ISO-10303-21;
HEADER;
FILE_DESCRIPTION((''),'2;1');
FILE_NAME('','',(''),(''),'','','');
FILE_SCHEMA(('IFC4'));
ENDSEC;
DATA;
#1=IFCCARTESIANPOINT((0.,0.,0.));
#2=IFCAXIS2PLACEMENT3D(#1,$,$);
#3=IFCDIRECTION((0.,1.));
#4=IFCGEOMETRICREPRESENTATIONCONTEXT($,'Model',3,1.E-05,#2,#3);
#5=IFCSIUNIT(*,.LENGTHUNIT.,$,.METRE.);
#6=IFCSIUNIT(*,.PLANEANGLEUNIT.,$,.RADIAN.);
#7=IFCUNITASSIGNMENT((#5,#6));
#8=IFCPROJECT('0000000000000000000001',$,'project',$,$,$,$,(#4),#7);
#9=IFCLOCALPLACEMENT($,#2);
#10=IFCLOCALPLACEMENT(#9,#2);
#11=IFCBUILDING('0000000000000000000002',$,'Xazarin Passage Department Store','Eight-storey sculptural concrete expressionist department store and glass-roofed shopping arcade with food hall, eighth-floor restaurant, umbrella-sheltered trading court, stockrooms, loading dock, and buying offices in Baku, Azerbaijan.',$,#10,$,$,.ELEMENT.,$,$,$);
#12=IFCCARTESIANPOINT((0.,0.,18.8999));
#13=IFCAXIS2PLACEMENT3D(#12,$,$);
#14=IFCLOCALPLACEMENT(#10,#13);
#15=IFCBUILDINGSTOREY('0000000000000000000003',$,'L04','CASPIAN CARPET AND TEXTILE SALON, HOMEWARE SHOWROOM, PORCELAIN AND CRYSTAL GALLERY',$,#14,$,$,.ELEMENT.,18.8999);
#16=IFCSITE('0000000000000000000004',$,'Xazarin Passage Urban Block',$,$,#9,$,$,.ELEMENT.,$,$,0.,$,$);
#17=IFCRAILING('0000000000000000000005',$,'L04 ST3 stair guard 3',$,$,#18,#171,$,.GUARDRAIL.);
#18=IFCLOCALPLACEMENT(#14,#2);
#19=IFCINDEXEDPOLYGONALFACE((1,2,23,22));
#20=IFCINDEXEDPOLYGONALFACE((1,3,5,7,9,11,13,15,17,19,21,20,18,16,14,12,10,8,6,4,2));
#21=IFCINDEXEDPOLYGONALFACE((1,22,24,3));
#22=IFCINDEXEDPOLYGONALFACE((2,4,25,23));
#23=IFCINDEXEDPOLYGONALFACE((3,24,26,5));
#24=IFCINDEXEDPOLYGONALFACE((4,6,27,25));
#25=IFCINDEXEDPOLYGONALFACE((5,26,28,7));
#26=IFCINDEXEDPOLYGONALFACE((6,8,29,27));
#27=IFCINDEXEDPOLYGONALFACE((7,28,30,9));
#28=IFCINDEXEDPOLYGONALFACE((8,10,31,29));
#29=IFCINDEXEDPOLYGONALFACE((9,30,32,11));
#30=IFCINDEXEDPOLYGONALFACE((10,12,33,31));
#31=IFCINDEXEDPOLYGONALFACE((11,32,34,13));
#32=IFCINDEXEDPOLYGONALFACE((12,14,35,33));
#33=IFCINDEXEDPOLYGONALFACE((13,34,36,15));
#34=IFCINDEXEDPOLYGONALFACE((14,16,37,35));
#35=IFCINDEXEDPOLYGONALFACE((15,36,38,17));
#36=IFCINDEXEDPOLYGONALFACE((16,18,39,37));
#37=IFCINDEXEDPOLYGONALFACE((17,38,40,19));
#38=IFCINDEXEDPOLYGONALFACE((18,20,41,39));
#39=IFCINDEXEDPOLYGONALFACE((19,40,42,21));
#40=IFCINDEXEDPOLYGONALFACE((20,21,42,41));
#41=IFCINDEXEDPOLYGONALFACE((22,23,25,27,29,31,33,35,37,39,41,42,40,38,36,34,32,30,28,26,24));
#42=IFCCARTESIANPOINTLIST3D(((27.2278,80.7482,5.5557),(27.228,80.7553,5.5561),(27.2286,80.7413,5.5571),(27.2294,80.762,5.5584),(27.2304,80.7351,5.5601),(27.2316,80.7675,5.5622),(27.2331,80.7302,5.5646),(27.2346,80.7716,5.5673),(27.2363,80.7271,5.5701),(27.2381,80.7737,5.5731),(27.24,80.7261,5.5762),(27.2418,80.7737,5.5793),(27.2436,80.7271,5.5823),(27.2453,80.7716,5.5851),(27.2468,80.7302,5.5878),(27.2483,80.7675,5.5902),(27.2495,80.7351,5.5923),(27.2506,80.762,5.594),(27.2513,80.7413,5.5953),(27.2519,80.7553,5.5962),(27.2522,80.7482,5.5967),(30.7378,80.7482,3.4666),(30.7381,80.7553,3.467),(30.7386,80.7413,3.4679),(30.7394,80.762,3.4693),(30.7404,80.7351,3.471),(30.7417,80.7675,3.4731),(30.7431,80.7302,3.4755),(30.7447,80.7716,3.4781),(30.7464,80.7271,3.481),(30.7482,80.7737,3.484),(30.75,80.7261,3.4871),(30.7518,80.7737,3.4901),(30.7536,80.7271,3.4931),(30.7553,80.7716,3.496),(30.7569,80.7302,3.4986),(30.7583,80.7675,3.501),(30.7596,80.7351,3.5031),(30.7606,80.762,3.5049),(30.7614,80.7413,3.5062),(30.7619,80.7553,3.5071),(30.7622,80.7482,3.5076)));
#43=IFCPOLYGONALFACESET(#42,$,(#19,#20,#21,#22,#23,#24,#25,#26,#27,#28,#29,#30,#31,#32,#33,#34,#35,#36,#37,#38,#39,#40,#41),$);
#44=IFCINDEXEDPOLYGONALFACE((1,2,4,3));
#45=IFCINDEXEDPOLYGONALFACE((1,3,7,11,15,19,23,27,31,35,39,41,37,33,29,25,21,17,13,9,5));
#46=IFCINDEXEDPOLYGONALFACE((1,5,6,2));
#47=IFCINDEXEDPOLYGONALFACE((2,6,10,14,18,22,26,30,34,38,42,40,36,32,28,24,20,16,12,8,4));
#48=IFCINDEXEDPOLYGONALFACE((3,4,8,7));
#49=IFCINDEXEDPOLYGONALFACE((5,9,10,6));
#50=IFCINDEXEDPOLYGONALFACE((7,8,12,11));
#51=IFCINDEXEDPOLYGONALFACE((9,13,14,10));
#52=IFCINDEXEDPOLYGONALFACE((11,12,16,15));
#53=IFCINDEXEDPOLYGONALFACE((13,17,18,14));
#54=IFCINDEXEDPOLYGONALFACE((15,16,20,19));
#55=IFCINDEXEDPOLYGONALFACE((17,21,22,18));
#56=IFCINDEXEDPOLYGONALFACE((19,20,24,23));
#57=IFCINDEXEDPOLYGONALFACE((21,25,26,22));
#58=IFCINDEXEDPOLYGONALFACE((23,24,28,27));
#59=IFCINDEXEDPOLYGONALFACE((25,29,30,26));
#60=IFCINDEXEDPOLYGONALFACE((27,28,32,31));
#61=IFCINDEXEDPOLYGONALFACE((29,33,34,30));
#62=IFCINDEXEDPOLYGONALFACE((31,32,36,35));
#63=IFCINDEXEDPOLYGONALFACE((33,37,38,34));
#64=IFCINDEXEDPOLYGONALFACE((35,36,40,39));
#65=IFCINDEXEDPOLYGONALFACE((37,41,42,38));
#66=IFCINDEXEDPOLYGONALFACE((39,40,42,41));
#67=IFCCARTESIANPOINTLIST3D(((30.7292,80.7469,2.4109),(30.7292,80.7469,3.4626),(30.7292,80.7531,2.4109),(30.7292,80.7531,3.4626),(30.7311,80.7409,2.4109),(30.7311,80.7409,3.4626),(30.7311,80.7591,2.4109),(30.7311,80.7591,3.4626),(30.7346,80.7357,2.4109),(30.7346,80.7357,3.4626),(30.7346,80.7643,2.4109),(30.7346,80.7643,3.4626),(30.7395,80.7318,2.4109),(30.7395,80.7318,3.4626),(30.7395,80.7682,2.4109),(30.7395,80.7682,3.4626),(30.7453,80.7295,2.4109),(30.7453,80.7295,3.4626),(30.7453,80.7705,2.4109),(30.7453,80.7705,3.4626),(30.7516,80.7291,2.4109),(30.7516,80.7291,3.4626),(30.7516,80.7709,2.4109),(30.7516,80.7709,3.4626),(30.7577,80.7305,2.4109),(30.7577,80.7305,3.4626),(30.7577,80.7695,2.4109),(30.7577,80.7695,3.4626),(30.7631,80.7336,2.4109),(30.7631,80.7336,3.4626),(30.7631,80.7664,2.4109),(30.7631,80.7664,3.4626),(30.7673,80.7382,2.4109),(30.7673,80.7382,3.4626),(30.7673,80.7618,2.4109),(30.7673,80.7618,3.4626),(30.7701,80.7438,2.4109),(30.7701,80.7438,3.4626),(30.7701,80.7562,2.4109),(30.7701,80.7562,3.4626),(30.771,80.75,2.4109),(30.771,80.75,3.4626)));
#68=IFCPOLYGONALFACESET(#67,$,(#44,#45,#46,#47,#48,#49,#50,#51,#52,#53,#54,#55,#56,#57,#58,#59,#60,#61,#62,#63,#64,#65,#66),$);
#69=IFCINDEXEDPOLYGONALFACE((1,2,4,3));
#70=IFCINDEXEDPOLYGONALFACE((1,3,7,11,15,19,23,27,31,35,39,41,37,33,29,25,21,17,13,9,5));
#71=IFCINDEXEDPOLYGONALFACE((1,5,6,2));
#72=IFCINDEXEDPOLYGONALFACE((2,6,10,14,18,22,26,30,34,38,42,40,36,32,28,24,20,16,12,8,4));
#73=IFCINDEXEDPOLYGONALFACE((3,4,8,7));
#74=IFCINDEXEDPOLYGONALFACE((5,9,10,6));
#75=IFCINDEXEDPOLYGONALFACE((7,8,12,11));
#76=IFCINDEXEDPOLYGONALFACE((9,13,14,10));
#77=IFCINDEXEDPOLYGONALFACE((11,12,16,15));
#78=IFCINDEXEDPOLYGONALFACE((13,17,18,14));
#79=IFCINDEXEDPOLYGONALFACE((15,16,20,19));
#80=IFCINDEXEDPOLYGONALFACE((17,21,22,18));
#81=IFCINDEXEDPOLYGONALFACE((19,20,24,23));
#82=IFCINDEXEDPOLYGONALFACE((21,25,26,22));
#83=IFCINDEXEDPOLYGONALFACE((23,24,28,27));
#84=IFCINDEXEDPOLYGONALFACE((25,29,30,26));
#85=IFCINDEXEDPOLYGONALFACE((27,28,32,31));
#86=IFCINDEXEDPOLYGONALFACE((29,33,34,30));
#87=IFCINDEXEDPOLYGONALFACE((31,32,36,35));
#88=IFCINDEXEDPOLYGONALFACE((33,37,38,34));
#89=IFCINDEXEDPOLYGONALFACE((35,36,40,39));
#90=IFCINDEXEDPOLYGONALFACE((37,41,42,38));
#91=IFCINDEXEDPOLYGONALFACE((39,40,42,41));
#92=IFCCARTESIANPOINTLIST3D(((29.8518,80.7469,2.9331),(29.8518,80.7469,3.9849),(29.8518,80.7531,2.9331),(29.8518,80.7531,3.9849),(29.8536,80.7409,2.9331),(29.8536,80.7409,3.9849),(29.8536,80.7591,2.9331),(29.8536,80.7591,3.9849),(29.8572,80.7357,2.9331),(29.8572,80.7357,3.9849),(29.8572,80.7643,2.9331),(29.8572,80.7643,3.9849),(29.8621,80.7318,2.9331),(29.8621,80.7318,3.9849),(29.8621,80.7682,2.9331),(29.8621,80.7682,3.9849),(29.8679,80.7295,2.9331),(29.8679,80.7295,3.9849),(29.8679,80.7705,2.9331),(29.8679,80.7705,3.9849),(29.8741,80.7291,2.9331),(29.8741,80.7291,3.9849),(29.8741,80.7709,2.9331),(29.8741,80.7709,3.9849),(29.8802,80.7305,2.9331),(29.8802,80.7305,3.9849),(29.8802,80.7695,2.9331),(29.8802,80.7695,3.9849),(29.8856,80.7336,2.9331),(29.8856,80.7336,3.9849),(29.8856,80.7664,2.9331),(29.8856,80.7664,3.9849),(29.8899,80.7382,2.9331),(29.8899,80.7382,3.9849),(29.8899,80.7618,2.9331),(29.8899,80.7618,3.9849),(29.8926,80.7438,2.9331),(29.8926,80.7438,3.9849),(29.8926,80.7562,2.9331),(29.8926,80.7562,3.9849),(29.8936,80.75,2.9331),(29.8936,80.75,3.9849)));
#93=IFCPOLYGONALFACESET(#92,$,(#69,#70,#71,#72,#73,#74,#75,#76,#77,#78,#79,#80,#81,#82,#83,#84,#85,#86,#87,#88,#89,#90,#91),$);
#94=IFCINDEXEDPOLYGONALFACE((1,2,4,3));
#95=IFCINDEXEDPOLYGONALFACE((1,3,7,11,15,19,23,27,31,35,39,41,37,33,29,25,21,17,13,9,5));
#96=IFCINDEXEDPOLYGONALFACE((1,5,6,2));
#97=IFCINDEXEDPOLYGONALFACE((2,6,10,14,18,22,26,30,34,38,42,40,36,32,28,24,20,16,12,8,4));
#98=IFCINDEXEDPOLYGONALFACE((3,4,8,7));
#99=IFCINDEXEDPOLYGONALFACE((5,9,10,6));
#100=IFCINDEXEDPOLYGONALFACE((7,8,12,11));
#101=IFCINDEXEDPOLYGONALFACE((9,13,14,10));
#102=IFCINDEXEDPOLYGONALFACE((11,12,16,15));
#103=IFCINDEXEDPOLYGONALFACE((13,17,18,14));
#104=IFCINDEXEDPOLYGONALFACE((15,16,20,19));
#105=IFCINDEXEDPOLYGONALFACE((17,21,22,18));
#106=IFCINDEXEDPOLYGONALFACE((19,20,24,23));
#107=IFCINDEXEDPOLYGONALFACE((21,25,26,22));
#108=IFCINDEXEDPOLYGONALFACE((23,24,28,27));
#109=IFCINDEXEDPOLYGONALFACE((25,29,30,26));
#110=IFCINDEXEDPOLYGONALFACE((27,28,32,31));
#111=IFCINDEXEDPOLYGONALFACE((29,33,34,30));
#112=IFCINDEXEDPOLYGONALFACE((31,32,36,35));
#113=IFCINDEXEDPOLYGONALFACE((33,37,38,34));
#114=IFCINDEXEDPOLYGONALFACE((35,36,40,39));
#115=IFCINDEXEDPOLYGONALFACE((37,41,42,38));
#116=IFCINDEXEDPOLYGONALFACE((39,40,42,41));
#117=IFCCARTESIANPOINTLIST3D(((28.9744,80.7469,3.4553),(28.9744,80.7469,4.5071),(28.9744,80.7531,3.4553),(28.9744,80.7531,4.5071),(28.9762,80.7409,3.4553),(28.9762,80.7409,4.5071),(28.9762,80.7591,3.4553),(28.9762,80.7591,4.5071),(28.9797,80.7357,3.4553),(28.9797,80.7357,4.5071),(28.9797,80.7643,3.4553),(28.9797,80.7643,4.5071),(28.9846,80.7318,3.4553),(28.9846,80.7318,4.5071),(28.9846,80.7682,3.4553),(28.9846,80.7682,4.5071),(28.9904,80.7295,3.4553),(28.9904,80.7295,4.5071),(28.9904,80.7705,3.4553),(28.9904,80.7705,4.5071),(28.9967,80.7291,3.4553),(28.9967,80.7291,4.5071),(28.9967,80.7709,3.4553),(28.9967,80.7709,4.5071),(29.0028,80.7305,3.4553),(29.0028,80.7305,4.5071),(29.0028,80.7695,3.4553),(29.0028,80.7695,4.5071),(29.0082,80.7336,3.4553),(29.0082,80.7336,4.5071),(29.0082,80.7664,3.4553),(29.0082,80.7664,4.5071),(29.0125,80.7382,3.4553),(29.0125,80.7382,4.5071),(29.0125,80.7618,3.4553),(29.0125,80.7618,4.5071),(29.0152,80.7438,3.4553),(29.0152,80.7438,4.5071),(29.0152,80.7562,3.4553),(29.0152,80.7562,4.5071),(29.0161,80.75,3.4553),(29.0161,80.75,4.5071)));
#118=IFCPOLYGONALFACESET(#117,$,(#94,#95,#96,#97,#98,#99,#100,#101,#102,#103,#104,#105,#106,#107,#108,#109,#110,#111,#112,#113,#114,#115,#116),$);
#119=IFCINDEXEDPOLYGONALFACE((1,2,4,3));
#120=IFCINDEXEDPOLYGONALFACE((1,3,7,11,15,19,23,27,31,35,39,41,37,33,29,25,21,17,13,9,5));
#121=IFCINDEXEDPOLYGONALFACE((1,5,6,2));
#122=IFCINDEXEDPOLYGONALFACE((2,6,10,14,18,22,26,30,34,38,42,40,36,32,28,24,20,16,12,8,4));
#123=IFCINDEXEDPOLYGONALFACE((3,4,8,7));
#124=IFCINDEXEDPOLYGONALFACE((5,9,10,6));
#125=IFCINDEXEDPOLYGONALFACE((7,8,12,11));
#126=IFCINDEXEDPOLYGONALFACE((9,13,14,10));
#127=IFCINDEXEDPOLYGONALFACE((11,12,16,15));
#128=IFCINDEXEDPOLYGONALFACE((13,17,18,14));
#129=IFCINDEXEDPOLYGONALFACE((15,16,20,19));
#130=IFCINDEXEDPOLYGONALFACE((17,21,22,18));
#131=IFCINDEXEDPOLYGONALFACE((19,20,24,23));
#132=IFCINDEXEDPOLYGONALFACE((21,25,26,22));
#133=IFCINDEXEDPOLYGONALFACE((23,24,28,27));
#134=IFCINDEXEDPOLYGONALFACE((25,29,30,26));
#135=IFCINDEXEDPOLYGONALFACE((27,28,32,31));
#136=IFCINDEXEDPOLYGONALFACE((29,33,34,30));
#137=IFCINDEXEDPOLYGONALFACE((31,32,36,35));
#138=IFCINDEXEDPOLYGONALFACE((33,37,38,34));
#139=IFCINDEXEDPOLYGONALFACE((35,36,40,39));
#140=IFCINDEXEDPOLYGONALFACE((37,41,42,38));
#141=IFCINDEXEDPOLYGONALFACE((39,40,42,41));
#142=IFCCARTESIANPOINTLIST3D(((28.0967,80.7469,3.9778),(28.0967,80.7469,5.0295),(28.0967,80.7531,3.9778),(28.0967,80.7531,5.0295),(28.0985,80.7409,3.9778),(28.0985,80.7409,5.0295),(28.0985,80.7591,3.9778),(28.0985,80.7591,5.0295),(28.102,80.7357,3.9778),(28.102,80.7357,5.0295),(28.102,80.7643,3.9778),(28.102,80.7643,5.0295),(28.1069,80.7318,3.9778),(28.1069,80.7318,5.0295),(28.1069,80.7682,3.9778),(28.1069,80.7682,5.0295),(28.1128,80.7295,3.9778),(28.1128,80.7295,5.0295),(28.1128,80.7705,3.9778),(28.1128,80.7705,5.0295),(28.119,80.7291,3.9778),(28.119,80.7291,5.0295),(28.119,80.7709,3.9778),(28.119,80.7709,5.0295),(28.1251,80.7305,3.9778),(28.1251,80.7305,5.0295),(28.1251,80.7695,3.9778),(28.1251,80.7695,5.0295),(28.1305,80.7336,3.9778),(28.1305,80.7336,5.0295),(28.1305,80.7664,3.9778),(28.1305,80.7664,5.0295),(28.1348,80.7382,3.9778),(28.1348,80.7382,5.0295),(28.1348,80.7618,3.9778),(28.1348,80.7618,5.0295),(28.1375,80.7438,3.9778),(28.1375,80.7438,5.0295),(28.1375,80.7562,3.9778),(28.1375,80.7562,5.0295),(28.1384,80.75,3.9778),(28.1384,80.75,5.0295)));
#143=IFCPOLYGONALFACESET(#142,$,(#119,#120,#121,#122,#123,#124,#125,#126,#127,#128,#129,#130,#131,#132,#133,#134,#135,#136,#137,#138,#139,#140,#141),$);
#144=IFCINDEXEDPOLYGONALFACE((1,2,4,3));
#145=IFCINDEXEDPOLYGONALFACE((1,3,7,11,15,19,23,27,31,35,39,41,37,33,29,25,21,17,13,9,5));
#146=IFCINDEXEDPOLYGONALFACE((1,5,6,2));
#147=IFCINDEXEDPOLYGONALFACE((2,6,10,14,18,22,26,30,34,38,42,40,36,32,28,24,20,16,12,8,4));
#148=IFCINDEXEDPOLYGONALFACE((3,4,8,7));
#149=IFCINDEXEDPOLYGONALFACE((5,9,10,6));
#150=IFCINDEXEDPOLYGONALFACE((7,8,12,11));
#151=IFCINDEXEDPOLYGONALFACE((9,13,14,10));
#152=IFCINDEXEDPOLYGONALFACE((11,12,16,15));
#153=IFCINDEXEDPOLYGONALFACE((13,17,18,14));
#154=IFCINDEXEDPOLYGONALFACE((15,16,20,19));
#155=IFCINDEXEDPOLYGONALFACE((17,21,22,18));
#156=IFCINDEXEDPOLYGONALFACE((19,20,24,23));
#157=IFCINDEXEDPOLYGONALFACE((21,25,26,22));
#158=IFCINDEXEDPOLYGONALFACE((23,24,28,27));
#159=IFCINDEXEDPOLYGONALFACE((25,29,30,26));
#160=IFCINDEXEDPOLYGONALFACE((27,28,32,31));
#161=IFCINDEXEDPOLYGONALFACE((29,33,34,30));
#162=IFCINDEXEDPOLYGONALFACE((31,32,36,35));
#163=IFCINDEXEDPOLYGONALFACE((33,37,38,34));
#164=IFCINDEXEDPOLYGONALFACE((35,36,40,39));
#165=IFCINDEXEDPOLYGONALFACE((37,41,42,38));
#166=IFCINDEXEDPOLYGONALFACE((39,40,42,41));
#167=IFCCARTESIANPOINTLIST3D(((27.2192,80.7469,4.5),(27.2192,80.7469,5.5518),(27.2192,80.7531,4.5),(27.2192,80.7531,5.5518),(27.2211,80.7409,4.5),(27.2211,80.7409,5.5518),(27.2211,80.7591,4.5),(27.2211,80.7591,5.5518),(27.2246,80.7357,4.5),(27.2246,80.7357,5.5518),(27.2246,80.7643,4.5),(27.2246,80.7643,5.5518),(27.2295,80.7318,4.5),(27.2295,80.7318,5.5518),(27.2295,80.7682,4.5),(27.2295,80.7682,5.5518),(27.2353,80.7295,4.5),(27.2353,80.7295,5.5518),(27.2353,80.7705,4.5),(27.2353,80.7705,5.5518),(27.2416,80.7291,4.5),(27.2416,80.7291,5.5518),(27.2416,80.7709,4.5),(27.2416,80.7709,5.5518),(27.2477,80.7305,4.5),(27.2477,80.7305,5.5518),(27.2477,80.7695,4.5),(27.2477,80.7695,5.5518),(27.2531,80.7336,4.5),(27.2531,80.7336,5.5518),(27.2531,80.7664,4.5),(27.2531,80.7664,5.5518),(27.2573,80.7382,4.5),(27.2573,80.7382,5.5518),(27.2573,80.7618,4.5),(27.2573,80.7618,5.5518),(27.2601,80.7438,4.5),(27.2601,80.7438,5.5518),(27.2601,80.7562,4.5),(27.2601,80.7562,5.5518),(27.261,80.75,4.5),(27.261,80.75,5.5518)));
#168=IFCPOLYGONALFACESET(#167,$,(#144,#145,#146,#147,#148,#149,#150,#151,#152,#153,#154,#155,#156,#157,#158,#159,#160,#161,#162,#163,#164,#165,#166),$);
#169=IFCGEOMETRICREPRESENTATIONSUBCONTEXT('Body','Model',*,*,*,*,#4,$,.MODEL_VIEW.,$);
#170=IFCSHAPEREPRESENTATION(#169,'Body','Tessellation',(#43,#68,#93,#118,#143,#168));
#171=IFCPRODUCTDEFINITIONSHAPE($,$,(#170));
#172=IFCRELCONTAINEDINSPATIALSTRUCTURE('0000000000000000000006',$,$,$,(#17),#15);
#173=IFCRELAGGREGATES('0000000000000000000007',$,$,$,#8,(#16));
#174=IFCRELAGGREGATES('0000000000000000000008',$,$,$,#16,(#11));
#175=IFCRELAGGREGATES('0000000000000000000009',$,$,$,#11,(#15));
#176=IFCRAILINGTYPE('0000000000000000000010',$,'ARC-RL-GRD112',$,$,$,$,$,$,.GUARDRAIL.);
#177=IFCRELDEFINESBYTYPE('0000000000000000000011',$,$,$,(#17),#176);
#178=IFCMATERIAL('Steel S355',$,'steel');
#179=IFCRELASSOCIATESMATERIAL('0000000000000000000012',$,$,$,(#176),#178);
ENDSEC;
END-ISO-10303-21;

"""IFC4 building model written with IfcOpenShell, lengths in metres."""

from ifc_helpers import new_model, si_unit, direction, frame, origin, origin_2d, place, context, subcontext, project, spatial, circle, extrude, material, type_object, element, save


model = new_model("IFC4")

# Units and contexts
model_context = context("Model", 3, precision=1e-05, world=origin(), true_north=direction((0.0, 1.0)))
body_context = subcontext(model_context, "Body", "Model", "MODEL_VIEW")
ifc_project = project(units=[si_unit("LENGTHUNIT", "METRE"), si_unit("PLANEANGLEUNIT", "RADIAN")], contexts=[model_context])

# Site, building, storey
site_placement = place(None, origin())
site = spatial("IfcSite", under=ifc_project, at=site_placement, Name="Xazarin Passage Urban Block", CompositionType="ELEMENT", RefElevation=0.0)
building_placement = place(site_placement, origin())
building = spatial("IfcBuilding", under=site, at=building_placement, Name="Xazarin Passage Department Store", Description="Eight-storey sculptural concrete expressionist department store and glass-roofed shopping arcade with food hall, eighth-floor restaurant, umbrella-sheltered trading court, stockrooms, loading dock, and buying offices in Baku, Azerbaijan.", CompositionType="ELEMENT")
storey_placement = place(building_placement, frame((0.0, 0.0, 18.8999)))
storey = spatial("IfcBuildingStorey", under=building, at=storey_placement, Name="L04", Description="CASPIAN CARPET AND TEXTILE SALON, HOMEWARE SHOWROOM, PORCELAIN AND CRYSTAL GALLERY", CompositionType="ELEMENT", Elevation=18.8999)

# Shared definitions
ifc_material_1 = material(Name="Steel S355", Category="steel")

# Railing
railing_type_1 = type_object("IfcRailingType", Name="ARC-RL-GRD112", PredefinedType="GUARDRAIL", material=ifc_material_1)
railing_1_placement = place(storey_placement, frame((30.75, 80.75, 2.4109)))
element("IfcRailing", 1, at=railing_1_placement, inside=storey, type_object=railing_type_1, Name="L04 ST3 stair guard 3", PredefinedType="GUARDRAIL", context=body_context, shape_type="SweptSolid", body=[
    extrude(circle(Radius=0.0239, at=origin_2d()), frame((0.0, 0.0, 1.0762), z_axis=(-0.859312, 0.0, 0.511451), x_axis=(0.0, -1.0, 0.0)), (0.0, 0.0, 1.0), 4.0847),
    extrude(circle(Radius=0.021, at=origin_2d()), origin(), (0.0, 0.0, 1.0), 1.0518),
    extrude(circle(Radius=0.021, at=origin_2d()), frame((-0.8774, 0.0, 0.5222)), (0.0, 0.0, 1.0), 1.0518),
    extrude(circle(Radius=0.021, at=origin_2d()), frame((-1.7549, 0.0, 1.0444)), (0.0, 0.0, 1.0), 1.0518),
    extrude(circle(Radius=0.021, at=origin_2d()), frame((-2.6326, 0.0, 1.5669)), (0.0, 0.0, 1.0), 1.0518),
    extrude(circle(Radius=0.021, at=origin_2d()), frame((-3.51, 0.0, 2.0891)), (0.0, 0.0, 1.0), 1.0518),
])

save(model, "model.ifc")
